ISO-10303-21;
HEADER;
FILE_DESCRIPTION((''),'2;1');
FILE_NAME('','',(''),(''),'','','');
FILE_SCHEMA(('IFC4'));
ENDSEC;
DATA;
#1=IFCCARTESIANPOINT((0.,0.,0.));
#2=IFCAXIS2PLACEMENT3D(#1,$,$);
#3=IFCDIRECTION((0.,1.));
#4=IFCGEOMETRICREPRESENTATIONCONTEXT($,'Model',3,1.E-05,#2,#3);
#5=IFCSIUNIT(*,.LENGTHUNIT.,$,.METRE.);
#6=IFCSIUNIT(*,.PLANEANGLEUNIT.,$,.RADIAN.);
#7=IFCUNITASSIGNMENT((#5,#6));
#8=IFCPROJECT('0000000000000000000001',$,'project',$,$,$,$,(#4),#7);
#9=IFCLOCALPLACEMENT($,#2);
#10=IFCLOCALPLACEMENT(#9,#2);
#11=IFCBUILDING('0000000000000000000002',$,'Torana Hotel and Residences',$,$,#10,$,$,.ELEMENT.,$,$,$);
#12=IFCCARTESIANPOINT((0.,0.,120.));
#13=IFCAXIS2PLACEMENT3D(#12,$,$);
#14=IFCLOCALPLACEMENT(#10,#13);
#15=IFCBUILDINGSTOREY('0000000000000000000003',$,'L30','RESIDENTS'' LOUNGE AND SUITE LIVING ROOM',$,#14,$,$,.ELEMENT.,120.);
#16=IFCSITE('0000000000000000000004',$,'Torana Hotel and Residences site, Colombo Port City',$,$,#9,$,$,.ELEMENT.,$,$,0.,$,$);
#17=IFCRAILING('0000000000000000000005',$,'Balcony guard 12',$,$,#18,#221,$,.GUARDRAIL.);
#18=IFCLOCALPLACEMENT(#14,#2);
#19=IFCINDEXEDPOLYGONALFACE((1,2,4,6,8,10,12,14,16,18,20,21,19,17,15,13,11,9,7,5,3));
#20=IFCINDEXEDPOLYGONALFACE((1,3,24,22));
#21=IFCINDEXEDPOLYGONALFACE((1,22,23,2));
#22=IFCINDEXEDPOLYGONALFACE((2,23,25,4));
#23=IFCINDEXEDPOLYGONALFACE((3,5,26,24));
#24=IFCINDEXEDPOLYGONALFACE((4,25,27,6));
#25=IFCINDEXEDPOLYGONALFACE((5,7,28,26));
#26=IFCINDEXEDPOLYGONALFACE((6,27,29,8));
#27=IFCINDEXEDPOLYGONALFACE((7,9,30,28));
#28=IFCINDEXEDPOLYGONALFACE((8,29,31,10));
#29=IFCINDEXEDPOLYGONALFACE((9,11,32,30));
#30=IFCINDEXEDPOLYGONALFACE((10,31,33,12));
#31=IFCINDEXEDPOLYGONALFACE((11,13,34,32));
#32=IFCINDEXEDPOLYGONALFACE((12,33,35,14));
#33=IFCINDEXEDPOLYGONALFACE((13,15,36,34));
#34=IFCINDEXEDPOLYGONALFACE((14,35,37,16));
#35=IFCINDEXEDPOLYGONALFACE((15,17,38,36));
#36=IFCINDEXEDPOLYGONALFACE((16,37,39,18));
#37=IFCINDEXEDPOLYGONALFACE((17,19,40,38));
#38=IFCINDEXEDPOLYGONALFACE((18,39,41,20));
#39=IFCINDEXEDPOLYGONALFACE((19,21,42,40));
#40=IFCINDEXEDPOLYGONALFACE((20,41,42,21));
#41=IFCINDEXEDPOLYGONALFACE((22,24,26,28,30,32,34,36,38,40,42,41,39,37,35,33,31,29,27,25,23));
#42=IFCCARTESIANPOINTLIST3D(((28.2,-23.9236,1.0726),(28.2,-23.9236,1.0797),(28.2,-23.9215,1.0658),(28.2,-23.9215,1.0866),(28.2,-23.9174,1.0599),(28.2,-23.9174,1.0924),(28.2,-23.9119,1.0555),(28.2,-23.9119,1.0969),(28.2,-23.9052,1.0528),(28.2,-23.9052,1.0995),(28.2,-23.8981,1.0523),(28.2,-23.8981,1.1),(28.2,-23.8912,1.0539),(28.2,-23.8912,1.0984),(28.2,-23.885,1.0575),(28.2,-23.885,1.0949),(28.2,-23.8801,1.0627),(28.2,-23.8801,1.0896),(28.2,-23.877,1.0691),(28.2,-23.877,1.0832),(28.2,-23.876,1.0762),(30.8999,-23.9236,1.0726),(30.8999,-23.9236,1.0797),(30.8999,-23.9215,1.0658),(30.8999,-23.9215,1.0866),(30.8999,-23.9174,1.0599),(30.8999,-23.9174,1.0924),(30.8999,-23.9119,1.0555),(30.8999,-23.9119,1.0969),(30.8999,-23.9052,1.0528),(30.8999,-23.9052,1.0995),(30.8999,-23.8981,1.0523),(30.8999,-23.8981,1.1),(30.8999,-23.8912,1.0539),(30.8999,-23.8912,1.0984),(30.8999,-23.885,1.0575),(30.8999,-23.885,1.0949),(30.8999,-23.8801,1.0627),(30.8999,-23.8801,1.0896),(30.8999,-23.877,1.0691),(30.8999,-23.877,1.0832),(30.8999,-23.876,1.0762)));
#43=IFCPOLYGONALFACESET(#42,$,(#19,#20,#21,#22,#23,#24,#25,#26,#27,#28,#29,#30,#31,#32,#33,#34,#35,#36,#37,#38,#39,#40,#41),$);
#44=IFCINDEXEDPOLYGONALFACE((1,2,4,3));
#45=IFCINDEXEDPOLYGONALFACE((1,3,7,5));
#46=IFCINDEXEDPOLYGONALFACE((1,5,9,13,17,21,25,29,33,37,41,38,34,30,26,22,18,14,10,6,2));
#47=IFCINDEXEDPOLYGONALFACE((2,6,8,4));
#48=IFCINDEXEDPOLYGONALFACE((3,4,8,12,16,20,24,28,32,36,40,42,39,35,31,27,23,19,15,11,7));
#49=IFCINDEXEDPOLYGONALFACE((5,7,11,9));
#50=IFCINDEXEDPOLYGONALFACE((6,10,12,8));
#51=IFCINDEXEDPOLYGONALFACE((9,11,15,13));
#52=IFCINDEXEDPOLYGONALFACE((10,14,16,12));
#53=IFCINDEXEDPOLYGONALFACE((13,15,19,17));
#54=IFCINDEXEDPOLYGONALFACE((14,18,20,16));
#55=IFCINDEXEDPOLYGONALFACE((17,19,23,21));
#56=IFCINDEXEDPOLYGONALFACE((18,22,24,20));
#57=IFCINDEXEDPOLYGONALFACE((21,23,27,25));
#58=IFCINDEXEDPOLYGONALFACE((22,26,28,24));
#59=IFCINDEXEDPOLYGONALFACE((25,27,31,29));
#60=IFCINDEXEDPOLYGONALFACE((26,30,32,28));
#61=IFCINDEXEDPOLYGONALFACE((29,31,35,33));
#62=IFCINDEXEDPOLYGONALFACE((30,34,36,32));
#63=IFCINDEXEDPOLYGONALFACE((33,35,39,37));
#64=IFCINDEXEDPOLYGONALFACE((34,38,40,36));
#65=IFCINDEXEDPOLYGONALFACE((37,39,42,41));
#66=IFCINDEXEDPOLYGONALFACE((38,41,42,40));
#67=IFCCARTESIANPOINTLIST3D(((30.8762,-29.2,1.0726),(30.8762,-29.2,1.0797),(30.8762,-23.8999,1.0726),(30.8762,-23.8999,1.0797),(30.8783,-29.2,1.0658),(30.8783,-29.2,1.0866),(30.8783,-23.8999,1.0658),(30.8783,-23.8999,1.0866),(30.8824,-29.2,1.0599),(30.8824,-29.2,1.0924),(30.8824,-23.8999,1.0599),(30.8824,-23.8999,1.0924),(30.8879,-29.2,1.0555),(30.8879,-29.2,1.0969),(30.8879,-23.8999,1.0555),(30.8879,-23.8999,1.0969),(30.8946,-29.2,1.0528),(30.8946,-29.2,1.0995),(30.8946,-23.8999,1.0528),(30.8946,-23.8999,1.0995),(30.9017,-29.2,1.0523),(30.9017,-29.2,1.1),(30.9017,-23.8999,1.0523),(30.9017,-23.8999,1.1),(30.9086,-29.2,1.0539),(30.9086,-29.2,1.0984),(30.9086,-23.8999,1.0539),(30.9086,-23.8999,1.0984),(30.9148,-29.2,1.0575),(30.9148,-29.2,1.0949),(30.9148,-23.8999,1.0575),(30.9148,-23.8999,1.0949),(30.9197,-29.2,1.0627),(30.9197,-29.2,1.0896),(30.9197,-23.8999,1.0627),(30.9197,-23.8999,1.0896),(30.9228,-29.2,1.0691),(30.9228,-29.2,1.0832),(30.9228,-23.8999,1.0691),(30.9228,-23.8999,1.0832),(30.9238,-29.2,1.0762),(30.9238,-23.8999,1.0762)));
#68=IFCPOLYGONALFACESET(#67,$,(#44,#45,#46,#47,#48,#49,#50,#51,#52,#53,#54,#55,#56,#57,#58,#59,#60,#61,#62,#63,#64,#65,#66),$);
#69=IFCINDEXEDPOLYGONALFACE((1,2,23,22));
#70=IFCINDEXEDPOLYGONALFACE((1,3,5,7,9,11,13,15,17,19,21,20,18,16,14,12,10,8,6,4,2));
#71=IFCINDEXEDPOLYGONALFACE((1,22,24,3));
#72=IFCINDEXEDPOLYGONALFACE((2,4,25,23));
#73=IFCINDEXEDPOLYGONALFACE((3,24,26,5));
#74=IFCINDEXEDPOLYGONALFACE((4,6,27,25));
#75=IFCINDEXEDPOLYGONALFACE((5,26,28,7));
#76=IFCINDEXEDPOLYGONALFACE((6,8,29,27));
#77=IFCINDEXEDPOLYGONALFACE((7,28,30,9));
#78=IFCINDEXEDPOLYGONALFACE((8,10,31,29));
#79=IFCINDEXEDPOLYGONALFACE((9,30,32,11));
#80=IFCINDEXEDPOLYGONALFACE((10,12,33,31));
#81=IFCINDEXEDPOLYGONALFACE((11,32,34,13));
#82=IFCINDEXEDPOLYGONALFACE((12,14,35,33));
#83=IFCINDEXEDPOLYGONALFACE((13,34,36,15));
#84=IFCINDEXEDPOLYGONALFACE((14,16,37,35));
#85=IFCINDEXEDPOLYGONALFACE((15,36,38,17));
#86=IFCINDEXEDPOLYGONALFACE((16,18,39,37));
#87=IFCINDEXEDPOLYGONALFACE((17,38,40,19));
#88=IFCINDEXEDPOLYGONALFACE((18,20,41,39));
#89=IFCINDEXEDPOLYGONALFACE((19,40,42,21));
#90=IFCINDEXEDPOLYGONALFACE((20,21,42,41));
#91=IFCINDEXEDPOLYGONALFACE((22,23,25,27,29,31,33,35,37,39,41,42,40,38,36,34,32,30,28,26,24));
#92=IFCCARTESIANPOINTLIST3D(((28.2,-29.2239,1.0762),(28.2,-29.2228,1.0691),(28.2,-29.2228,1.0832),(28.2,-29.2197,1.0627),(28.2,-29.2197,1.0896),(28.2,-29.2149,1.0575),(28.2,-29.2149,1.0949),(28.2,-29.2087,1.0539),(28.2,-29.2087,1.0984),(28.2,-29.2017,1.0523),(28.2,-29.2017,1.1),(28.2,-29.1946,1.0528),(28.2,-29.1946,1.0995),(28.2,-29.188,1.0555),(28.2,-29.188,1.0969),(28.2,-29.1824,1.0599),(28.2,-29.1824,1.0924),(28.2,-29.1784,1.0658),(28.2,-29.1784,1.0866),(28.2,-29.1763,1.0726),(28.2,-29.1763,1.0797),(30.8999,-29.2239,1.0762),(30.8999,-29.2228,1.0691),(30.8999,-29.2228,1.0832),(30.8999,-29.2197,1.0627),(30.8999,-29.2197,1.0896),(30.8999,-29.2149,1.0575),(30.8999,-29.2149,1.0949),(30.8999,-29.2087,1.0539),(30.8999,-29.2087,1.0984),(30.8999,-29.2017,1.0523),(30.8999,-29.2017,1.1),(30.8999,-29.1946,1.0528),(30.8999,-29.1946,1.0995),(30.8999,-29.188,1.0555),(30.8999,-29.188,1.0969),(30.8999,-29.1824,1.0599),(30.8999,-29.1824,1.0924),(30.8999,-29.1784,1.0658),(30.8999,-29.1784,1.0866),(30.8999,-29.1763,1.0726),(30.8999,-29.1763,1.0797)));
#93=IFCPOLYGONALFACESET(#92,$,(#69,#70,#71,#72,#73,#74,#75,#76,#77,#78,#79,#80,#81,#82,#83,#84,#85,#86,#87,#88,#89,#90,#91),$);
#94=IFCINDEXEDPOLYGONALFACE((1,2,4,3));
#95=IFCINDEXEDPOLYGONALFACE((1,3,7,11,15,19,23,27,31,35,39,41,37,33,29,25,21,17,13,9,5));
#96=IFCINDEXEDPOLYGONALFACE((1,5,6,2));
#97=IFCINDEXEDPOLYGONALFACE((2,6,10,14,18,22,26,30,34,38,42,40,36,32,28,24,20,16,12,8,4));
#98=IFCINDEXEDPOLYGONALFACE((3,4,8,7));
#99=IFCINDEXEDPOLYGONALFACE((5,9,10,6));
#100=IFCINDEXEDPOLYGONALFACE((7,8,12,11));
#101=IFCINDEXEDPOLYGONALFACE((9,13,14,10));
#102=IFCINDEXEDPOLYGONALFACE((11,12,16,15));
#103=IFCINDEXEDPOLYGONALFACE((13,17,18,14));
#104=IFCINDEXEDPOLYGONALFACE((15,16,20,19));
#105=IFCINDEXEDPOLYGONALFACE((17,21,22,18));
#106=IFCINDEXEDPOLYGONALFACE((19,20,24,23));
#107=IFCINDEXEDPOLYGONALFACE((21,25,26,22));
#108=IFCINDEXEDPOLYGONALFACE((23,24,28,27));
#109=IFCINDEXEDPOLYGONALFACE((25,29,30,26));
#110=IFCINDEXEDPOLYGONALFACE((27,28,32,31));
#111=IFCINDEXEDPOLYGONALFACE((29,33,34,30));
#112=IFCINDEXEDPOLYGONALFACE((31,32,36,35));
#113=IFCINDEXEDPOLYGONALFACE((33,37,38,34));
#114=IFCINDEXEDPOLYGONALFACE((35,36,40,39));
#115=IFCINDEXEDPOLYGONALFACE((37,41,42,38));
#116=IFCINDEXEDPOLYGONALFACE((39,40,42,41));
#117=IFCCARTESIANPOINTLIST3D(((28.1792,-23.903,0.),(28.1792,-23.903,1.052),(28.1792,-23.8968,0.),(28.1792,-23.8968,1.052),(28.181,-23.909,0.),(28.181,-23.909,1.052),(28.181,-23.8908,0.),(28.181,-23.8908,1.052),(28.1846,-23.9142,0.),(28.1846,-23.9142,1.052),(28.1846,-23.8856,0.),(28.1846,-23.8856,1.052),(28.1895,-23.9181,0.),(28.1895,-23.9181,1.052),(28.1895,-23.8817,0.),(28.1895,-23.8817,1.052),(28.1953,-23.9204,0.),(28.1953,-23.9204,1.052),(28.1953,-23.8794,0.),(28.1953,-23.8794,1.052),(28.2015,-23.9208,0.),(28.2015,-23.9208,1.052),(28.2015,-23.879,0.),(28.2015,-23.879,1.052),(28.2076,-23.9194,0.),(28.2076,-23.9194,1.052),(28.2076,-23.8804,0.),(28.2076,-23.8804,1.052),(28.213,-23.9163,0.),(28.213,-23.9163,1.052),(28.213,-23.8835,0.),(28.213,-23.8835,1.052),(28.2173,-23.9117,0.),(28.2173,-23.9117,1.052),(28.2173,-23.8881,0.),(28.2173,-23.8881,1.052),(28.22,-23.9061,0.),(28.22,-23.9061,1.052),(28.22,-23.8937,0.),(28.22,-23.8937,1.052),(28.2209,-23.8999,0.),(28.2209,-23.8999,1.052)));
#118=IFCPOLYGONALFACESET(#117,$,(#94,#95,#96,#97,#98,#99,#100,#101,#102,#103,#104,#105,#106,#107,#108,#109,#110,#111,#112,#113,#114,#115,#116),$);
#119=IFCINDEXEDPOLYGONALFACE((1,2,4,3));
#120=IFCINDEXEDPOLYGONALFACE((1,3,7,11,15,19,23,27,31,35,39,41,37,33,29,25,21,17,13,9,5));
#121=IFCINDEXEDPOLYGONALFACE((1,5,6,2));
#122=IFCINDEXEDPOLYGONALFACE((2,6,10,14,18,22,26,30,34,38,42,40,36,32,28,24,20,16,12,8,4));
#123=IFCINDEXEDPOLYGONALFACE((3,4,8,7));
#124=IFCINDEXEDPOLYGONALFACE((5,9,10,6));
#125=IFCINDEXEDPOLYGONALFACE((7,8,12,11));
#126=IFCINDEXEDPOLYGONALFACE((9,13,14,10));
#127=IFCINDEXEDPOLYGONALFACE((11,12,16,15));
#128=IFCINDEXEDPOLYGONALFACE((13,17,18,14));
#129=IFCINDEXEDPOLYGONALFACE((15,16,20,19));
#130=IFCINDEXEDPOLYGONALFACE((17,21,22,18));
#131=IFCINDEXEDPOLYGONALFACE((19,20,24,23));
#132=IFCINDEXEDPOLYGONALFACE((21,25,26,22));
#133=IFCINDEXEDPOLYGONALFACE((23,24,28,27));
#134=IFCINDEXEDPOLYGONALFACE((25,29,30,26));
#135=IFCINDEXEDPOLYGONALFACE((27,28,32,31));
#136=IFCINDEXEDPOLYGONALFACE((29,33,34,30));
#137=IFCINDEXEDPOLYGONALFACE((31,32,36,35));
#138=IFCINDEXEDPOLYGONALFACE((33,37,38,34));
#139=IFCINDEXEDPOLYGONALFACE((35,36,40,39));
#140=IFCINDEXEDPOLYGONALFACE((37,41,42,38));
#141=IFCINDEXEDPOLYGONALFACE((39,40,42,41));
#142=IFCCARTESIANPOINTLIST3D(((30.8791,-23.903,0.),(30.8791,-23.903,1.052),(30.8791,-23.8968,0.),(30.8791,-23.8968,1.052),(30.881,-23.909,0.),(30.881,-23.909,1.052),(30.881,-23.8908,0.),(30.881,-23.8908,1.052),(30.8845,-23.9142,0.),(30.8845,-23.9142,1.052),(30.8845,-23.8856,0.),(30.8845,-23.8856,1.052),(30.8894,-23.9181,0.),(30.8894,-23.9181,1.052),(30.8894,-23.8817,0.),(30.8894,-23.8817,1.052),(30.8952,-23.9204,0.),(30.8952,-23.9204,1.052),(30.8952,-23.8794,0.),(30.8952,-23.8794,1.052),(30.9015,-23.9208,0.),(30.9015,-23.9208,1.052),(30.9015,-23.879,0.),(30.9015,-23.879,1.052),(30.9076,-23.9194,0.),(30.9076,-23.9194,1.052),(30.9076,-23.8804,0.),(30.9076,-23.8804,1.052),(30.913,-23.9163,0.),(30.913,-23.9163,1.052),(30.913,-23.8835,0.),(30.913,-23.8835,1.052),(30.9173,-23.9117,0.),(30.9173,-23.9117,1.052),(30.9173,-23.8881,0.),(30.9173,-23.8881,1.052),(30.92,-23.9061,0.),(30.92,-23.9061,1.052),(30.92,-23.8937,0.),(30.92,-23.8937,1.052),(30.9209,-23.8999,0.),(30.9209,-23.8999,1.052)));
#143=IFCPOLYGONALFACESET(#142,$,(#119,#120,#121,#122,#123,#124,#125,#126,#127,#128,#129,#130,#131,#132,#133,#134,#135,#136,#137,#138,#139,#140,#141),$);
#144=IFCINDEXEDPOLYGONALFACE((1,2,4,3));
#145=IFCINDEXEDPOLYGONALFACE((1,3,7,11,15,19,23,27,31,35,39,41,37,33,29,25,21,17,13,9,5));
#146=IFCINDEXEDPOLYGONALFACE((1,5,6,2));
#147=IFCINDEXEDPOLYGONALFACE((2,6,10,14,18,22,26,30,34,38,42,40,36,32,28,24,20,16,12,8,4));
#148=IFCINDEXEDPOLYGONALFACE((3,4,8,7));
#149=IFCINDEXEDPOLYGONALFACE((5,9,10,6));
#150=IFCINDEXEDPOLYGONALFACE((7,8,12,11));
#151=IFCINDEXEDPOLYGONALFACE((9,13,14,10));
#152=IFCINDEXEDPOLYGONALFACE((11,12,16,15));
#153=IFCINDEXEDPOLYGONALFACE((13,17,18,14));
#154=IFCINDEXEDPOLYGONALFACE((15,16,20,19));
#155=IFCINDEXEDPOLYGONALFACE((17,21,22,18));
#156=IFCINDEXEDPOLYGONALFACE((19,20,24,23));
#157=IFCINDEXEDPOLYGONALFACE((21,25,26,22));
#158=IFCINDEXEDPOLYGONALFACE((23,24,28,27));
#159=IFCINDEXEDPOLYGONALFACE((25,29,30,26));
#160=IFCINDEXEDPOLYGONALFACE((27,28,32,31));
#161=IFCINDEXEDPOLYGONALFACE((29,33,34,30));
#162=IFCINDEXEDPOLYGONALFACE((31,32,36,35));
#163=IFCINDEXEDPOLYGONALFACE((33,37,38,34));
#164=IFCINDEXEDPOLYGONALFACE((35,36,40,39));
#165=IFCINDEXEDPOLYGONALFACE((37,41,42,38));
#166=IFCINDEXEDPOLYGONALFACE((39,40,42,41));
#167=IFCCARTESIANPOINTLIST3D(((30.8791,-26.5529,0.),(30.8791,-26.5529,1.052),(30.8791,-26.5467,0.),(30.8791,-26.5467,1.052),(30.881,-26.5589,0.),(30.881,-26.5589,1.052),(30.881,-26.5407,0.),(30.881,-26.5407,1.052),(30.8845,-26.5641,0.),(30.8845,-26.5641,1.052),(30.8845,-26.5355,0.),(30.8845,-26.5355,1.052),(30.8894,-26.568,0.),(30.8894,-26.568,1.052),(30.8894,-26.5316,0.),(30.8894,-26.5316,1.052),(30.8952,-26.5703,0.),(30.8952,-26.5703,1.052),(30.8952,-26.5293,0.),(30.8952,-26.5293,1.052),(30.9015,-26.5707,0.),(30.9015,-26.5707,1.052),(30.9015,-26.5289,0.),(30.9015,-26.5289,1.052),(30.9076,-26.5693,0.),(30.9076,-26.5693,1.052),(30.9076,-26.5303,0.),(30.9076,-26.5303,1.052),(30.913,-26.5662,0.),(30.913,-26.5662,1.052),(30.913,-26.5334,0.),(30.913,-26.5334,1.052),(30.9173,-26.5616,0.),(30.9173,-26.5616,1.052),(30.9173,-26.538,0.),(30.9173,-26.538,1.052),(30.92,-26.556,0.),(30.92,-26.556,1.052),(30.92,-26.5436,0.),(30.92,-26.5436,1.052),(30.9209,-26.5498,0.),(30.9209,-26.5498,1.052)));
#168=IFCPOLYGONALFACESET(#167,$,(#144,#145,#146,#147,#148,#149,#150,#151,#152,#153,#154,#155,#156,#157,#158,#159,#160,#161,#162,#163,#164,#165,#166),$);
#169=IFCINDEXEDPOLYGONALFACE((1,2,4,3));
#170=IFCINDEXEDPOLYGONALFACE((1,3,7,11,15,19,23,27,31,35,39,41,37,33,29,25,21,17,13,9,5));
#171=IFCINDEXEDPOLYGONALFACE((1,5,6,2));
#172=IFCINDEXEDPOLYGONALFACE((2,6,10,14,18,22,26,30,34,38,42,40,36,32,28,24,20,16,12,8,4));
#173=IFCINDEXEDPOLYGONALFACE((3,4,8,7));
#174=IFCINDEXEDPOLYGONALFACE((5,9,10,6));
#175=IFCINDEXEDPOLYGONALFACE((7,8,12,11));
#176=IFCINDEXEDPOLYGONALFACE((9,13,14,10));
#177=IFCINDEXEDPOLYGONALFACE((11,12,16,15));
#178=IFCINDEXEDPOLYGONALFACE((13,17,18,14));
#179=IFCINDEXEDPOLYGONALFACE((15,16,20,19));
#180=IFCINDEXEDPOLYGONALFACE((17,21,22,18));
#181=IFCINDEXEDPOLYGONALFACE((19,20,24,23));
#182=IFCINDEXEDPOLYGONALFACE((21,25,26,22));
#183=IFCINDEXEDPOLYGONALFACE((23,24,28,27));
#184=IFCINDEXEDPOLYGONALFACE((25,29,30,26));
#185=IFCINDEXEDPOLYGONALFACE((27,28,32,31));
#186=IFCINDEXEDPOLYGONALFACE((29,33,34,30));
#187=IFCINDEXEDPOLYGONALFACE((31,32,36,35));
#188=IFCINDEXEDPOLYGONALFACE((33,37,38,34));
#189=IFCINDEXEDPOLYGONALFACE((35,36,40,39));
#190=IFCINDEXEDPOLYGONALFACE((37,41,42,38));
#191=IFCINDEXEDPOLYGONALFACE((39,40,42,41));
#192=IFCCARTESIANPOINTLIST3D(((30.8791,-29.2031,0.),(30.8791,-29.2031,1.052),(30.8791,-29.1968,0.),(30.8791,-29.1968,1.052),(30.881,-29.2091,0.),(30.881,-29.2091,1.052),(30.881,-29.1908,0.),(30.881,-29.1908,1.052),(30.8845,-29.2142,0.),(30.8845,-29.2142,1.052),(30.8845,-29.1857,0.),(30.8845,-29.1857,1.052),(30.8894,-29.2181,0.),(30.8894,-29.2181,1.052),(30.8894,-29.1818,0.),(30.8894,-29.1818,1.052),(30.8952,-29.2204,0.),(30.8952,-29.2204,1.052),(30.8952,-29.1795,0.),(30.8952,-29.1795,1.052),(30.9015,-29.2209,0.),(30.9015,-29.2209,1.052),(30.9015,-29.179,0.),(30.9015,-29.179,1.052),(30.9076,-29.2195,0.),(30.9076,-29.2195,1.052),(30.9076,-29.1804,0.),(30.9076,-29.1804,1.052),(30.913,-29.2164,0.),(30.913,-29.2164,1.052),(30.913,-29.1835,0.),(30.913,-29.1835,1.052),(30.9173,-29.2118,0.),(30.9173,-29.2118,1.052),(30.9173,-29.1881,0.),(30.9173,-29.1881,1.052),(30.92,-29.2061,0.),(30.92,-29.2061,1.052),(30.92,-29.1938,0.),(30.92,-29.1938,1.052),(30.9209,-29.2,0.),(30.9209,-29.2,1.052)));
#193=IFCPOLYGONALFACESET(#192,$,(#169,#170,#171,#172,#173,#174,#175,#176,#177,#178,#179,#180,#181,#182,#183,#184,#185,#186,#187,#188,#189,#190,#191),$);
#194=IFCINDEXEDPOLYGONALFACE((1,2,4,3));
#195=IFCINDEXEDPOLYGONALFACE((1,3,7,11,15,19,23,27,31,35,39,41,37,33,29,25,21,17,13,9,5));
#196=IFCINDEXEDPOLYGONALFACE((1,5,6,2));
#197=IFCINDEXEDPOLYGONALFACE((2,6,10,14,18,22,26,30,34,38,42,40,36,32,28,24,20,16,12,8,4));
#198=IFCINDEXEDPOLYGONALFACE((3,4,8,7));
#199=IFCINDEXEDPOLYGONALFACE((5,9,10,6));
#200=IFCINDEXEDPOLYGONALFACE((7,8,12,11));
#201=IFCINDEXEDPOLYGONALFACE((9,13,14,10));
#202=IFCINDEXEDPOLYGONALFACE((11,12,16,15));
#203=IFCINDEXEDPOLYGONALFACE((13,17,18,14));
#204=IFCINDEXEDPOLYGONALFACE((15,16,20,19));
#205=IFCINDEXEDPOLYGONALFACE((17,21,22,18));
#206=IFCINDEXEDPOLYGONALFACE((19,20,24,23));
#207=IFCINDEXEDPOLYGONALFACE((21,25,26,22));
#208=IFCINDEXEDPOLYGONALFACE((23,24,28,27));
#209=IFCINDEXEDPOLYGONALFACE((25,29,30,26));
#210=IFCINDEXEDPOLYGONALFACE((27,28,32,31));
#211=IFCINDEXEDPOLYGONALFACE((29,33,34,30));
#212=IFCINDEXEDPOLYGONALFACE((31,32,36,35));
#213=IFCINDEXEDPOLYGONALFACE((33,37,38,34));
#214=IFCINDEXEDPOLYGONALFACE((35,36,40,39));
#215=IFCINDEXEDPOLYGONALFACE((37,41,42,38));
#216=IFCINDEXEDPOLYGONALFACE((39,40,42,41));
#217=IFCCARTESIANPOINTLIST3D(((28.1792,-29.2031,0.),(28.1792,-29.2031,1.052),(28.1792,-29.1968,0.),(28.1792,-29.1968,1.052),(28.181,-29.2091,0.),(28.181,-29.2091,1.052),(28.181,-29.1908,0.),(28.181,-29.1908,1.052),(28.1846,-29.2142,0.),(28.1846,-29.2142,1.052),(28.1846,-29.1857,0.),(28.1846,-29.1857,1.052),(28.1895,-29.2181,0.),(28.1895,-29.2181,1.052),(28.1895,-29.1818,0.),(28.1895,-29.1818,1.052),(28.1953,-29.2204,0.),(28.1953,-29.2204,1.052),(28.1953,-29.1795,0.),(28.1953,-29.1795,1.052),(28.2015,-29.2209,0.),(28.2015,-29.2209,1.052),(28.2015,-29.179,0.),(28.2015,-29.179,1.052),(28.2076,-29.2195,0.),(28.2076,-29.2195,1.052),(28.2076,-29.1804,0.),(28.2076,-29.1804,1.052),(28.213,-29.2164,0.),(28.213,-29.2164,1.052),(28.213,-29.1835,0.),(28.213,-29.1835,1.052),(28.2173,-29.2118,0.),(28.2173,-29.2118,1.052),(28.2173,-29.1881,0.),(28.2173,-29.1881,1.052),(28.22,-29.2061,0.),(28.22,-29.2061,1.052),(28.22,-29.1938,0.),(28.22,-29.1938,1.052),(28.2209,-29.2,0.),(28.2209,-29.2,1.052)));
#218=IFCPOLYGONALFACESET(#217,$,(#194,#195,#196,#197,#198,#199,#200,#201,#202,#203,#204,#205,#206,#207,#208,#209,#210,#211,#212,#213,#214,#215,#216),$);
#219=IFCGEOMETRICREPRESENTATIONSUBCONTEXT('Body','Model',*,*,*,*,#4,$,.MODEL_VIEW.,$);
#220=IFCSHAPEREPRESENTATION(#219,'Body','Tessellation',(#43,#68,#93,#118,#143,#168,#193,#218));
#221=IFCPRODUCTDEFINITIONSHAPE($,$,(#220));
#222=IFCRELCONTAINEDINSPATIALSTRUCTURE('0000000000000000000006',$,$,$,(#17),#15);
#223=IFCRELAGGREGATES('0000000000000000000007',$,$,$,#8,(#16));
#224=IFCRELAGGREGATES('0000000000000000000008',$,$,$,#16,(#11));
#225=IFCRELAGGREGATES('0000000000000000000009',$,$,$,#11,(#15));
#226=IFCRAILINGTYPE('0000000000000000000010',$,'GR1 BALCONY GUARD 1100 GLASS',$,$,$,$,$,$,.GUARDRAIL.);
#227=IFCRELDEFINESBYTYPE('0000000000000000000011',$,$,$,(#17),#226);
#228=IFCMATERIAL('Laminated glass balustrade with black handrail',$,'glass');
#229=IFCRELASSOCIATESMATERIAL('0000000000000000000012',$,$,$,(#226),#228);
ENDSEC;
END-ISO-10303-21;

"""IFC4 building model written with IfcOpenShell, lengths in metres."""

from ifc_helpers import new_model, si_unit, direction, frame, origin, origin_2d, place, context, subcontext, project, spatial, circle, extrude, material, type_object, element, save


model = new_model("IFC4")

# Units and contexts
model_context = context("Model", 3, precision=1e-05, world=origin(), true_north=direction((0.0, 1.0)))
body_context = subcontext(model_context, "Body", "Model", "MODEL_VIEW")
ifc_project = project(units=[si_unit("LENGTHUNIT", "METRE"), si_unit("PLANEANGLEUNIT", "RADIAN")], contexts=[model_context])

# Site, building, storey
site_placement = place(None, origin())
site = spatial("IfcSite", under=ifc_project, at=site_placement, Name="Torana Hotel and Residences site, Colombo Port City", CompositionType="ELEMENT", RefElevation=0.0)
building_placement = place(site_placement, origin())
building = spatial("IfcBuilding", under=site, at=building_placement, Name="Torana Hotel and Residences", CompositionType="ELEMENT")
storey_placement = place(building_placement, frame((0.0, 0.0, 120.0)))
storey = spatial("IfcBuildingStorey", under=building, at=storey_placement, Name="L30", Description="RESIDENTS' LOUNGE AND SUITE LIVING ROOM", CompositionType="ELEMENT", Elevation=120.0)

# Railing
ifc_material_1 = material(Name="Laminated glass balustrade with black handrail", Category="glass")
railing_type = type_object("IfcRailingType", Name="GR1 BALCONY GUARD 1100 GLASS", PredefinedType="GUARDRAIL", material=ifc_material_1)
railing_1_placement = place(storey_placement, frame((28.2, -23.8999, 0.0)))
element("IfcRailing", 1, at=railing_1_placement, inside=storey, type_object=railing_type, Name="Balcony guard 12", PredefinedType="GUARDRAIL", context=body_context, shape_type="SweptSolid", body=[
    extrude(circle(Radius=0.0239, at=origin_2d()), frame((0.0, 0.0, 1.0762), z_axis=(1.0, 0.0, 0.0), x_axis=(0.0, 1.0, 0.0)), (0.0, 0.0, 1.0), 2.7),
    extrude(circle(Radius=0.0239, at=origin_2d()), frame((2.7, 0.0, 1.0762), z_axis=(0.0, -1.0, 0.0), x_axis=(1.0, 0.0, 0.0)), (0.0, 0.0, 1.0), 5.3),
    extrude(circle(Radius=0.0239, at=origin_2d()), frame((2.7, -5.3, 1.0762), z_axis=(-1.0, 0.0, 0.0), x_axis=(0.0, -1.0, 0.0)), (0.0, 0.0, 1.0), 2.7),
    extrude(circle(Radius=0.021, at=origin_2d()), origin(), (0.0, 0.0, 1.0), 1.052),
    extrude(circle(Radius=0.021, at=origin_2d()), frame((2.7, 0.0, 0.0)), (0.0, 0.0, 1.0), 1.052),
    extrude(circle(Radius=0.021, at=origin_2d()), frame((2.7, -2.6499, 0.0)), (0.0, 0.0, 1.0), 1.052),
    extrude(circle(Radius=0.021, at=origin_2d()), frame((2.7, -5.3, 0.0)), (0.0, 0.0, 1.0), 1.052),
    extrude(circle(Radius=0.021, at=origin_2d()), frame((0.0, -5.3, 0.0)), (0.0, 0.0, 1.0), 1.052),
])

save(model, "model.ifc")
